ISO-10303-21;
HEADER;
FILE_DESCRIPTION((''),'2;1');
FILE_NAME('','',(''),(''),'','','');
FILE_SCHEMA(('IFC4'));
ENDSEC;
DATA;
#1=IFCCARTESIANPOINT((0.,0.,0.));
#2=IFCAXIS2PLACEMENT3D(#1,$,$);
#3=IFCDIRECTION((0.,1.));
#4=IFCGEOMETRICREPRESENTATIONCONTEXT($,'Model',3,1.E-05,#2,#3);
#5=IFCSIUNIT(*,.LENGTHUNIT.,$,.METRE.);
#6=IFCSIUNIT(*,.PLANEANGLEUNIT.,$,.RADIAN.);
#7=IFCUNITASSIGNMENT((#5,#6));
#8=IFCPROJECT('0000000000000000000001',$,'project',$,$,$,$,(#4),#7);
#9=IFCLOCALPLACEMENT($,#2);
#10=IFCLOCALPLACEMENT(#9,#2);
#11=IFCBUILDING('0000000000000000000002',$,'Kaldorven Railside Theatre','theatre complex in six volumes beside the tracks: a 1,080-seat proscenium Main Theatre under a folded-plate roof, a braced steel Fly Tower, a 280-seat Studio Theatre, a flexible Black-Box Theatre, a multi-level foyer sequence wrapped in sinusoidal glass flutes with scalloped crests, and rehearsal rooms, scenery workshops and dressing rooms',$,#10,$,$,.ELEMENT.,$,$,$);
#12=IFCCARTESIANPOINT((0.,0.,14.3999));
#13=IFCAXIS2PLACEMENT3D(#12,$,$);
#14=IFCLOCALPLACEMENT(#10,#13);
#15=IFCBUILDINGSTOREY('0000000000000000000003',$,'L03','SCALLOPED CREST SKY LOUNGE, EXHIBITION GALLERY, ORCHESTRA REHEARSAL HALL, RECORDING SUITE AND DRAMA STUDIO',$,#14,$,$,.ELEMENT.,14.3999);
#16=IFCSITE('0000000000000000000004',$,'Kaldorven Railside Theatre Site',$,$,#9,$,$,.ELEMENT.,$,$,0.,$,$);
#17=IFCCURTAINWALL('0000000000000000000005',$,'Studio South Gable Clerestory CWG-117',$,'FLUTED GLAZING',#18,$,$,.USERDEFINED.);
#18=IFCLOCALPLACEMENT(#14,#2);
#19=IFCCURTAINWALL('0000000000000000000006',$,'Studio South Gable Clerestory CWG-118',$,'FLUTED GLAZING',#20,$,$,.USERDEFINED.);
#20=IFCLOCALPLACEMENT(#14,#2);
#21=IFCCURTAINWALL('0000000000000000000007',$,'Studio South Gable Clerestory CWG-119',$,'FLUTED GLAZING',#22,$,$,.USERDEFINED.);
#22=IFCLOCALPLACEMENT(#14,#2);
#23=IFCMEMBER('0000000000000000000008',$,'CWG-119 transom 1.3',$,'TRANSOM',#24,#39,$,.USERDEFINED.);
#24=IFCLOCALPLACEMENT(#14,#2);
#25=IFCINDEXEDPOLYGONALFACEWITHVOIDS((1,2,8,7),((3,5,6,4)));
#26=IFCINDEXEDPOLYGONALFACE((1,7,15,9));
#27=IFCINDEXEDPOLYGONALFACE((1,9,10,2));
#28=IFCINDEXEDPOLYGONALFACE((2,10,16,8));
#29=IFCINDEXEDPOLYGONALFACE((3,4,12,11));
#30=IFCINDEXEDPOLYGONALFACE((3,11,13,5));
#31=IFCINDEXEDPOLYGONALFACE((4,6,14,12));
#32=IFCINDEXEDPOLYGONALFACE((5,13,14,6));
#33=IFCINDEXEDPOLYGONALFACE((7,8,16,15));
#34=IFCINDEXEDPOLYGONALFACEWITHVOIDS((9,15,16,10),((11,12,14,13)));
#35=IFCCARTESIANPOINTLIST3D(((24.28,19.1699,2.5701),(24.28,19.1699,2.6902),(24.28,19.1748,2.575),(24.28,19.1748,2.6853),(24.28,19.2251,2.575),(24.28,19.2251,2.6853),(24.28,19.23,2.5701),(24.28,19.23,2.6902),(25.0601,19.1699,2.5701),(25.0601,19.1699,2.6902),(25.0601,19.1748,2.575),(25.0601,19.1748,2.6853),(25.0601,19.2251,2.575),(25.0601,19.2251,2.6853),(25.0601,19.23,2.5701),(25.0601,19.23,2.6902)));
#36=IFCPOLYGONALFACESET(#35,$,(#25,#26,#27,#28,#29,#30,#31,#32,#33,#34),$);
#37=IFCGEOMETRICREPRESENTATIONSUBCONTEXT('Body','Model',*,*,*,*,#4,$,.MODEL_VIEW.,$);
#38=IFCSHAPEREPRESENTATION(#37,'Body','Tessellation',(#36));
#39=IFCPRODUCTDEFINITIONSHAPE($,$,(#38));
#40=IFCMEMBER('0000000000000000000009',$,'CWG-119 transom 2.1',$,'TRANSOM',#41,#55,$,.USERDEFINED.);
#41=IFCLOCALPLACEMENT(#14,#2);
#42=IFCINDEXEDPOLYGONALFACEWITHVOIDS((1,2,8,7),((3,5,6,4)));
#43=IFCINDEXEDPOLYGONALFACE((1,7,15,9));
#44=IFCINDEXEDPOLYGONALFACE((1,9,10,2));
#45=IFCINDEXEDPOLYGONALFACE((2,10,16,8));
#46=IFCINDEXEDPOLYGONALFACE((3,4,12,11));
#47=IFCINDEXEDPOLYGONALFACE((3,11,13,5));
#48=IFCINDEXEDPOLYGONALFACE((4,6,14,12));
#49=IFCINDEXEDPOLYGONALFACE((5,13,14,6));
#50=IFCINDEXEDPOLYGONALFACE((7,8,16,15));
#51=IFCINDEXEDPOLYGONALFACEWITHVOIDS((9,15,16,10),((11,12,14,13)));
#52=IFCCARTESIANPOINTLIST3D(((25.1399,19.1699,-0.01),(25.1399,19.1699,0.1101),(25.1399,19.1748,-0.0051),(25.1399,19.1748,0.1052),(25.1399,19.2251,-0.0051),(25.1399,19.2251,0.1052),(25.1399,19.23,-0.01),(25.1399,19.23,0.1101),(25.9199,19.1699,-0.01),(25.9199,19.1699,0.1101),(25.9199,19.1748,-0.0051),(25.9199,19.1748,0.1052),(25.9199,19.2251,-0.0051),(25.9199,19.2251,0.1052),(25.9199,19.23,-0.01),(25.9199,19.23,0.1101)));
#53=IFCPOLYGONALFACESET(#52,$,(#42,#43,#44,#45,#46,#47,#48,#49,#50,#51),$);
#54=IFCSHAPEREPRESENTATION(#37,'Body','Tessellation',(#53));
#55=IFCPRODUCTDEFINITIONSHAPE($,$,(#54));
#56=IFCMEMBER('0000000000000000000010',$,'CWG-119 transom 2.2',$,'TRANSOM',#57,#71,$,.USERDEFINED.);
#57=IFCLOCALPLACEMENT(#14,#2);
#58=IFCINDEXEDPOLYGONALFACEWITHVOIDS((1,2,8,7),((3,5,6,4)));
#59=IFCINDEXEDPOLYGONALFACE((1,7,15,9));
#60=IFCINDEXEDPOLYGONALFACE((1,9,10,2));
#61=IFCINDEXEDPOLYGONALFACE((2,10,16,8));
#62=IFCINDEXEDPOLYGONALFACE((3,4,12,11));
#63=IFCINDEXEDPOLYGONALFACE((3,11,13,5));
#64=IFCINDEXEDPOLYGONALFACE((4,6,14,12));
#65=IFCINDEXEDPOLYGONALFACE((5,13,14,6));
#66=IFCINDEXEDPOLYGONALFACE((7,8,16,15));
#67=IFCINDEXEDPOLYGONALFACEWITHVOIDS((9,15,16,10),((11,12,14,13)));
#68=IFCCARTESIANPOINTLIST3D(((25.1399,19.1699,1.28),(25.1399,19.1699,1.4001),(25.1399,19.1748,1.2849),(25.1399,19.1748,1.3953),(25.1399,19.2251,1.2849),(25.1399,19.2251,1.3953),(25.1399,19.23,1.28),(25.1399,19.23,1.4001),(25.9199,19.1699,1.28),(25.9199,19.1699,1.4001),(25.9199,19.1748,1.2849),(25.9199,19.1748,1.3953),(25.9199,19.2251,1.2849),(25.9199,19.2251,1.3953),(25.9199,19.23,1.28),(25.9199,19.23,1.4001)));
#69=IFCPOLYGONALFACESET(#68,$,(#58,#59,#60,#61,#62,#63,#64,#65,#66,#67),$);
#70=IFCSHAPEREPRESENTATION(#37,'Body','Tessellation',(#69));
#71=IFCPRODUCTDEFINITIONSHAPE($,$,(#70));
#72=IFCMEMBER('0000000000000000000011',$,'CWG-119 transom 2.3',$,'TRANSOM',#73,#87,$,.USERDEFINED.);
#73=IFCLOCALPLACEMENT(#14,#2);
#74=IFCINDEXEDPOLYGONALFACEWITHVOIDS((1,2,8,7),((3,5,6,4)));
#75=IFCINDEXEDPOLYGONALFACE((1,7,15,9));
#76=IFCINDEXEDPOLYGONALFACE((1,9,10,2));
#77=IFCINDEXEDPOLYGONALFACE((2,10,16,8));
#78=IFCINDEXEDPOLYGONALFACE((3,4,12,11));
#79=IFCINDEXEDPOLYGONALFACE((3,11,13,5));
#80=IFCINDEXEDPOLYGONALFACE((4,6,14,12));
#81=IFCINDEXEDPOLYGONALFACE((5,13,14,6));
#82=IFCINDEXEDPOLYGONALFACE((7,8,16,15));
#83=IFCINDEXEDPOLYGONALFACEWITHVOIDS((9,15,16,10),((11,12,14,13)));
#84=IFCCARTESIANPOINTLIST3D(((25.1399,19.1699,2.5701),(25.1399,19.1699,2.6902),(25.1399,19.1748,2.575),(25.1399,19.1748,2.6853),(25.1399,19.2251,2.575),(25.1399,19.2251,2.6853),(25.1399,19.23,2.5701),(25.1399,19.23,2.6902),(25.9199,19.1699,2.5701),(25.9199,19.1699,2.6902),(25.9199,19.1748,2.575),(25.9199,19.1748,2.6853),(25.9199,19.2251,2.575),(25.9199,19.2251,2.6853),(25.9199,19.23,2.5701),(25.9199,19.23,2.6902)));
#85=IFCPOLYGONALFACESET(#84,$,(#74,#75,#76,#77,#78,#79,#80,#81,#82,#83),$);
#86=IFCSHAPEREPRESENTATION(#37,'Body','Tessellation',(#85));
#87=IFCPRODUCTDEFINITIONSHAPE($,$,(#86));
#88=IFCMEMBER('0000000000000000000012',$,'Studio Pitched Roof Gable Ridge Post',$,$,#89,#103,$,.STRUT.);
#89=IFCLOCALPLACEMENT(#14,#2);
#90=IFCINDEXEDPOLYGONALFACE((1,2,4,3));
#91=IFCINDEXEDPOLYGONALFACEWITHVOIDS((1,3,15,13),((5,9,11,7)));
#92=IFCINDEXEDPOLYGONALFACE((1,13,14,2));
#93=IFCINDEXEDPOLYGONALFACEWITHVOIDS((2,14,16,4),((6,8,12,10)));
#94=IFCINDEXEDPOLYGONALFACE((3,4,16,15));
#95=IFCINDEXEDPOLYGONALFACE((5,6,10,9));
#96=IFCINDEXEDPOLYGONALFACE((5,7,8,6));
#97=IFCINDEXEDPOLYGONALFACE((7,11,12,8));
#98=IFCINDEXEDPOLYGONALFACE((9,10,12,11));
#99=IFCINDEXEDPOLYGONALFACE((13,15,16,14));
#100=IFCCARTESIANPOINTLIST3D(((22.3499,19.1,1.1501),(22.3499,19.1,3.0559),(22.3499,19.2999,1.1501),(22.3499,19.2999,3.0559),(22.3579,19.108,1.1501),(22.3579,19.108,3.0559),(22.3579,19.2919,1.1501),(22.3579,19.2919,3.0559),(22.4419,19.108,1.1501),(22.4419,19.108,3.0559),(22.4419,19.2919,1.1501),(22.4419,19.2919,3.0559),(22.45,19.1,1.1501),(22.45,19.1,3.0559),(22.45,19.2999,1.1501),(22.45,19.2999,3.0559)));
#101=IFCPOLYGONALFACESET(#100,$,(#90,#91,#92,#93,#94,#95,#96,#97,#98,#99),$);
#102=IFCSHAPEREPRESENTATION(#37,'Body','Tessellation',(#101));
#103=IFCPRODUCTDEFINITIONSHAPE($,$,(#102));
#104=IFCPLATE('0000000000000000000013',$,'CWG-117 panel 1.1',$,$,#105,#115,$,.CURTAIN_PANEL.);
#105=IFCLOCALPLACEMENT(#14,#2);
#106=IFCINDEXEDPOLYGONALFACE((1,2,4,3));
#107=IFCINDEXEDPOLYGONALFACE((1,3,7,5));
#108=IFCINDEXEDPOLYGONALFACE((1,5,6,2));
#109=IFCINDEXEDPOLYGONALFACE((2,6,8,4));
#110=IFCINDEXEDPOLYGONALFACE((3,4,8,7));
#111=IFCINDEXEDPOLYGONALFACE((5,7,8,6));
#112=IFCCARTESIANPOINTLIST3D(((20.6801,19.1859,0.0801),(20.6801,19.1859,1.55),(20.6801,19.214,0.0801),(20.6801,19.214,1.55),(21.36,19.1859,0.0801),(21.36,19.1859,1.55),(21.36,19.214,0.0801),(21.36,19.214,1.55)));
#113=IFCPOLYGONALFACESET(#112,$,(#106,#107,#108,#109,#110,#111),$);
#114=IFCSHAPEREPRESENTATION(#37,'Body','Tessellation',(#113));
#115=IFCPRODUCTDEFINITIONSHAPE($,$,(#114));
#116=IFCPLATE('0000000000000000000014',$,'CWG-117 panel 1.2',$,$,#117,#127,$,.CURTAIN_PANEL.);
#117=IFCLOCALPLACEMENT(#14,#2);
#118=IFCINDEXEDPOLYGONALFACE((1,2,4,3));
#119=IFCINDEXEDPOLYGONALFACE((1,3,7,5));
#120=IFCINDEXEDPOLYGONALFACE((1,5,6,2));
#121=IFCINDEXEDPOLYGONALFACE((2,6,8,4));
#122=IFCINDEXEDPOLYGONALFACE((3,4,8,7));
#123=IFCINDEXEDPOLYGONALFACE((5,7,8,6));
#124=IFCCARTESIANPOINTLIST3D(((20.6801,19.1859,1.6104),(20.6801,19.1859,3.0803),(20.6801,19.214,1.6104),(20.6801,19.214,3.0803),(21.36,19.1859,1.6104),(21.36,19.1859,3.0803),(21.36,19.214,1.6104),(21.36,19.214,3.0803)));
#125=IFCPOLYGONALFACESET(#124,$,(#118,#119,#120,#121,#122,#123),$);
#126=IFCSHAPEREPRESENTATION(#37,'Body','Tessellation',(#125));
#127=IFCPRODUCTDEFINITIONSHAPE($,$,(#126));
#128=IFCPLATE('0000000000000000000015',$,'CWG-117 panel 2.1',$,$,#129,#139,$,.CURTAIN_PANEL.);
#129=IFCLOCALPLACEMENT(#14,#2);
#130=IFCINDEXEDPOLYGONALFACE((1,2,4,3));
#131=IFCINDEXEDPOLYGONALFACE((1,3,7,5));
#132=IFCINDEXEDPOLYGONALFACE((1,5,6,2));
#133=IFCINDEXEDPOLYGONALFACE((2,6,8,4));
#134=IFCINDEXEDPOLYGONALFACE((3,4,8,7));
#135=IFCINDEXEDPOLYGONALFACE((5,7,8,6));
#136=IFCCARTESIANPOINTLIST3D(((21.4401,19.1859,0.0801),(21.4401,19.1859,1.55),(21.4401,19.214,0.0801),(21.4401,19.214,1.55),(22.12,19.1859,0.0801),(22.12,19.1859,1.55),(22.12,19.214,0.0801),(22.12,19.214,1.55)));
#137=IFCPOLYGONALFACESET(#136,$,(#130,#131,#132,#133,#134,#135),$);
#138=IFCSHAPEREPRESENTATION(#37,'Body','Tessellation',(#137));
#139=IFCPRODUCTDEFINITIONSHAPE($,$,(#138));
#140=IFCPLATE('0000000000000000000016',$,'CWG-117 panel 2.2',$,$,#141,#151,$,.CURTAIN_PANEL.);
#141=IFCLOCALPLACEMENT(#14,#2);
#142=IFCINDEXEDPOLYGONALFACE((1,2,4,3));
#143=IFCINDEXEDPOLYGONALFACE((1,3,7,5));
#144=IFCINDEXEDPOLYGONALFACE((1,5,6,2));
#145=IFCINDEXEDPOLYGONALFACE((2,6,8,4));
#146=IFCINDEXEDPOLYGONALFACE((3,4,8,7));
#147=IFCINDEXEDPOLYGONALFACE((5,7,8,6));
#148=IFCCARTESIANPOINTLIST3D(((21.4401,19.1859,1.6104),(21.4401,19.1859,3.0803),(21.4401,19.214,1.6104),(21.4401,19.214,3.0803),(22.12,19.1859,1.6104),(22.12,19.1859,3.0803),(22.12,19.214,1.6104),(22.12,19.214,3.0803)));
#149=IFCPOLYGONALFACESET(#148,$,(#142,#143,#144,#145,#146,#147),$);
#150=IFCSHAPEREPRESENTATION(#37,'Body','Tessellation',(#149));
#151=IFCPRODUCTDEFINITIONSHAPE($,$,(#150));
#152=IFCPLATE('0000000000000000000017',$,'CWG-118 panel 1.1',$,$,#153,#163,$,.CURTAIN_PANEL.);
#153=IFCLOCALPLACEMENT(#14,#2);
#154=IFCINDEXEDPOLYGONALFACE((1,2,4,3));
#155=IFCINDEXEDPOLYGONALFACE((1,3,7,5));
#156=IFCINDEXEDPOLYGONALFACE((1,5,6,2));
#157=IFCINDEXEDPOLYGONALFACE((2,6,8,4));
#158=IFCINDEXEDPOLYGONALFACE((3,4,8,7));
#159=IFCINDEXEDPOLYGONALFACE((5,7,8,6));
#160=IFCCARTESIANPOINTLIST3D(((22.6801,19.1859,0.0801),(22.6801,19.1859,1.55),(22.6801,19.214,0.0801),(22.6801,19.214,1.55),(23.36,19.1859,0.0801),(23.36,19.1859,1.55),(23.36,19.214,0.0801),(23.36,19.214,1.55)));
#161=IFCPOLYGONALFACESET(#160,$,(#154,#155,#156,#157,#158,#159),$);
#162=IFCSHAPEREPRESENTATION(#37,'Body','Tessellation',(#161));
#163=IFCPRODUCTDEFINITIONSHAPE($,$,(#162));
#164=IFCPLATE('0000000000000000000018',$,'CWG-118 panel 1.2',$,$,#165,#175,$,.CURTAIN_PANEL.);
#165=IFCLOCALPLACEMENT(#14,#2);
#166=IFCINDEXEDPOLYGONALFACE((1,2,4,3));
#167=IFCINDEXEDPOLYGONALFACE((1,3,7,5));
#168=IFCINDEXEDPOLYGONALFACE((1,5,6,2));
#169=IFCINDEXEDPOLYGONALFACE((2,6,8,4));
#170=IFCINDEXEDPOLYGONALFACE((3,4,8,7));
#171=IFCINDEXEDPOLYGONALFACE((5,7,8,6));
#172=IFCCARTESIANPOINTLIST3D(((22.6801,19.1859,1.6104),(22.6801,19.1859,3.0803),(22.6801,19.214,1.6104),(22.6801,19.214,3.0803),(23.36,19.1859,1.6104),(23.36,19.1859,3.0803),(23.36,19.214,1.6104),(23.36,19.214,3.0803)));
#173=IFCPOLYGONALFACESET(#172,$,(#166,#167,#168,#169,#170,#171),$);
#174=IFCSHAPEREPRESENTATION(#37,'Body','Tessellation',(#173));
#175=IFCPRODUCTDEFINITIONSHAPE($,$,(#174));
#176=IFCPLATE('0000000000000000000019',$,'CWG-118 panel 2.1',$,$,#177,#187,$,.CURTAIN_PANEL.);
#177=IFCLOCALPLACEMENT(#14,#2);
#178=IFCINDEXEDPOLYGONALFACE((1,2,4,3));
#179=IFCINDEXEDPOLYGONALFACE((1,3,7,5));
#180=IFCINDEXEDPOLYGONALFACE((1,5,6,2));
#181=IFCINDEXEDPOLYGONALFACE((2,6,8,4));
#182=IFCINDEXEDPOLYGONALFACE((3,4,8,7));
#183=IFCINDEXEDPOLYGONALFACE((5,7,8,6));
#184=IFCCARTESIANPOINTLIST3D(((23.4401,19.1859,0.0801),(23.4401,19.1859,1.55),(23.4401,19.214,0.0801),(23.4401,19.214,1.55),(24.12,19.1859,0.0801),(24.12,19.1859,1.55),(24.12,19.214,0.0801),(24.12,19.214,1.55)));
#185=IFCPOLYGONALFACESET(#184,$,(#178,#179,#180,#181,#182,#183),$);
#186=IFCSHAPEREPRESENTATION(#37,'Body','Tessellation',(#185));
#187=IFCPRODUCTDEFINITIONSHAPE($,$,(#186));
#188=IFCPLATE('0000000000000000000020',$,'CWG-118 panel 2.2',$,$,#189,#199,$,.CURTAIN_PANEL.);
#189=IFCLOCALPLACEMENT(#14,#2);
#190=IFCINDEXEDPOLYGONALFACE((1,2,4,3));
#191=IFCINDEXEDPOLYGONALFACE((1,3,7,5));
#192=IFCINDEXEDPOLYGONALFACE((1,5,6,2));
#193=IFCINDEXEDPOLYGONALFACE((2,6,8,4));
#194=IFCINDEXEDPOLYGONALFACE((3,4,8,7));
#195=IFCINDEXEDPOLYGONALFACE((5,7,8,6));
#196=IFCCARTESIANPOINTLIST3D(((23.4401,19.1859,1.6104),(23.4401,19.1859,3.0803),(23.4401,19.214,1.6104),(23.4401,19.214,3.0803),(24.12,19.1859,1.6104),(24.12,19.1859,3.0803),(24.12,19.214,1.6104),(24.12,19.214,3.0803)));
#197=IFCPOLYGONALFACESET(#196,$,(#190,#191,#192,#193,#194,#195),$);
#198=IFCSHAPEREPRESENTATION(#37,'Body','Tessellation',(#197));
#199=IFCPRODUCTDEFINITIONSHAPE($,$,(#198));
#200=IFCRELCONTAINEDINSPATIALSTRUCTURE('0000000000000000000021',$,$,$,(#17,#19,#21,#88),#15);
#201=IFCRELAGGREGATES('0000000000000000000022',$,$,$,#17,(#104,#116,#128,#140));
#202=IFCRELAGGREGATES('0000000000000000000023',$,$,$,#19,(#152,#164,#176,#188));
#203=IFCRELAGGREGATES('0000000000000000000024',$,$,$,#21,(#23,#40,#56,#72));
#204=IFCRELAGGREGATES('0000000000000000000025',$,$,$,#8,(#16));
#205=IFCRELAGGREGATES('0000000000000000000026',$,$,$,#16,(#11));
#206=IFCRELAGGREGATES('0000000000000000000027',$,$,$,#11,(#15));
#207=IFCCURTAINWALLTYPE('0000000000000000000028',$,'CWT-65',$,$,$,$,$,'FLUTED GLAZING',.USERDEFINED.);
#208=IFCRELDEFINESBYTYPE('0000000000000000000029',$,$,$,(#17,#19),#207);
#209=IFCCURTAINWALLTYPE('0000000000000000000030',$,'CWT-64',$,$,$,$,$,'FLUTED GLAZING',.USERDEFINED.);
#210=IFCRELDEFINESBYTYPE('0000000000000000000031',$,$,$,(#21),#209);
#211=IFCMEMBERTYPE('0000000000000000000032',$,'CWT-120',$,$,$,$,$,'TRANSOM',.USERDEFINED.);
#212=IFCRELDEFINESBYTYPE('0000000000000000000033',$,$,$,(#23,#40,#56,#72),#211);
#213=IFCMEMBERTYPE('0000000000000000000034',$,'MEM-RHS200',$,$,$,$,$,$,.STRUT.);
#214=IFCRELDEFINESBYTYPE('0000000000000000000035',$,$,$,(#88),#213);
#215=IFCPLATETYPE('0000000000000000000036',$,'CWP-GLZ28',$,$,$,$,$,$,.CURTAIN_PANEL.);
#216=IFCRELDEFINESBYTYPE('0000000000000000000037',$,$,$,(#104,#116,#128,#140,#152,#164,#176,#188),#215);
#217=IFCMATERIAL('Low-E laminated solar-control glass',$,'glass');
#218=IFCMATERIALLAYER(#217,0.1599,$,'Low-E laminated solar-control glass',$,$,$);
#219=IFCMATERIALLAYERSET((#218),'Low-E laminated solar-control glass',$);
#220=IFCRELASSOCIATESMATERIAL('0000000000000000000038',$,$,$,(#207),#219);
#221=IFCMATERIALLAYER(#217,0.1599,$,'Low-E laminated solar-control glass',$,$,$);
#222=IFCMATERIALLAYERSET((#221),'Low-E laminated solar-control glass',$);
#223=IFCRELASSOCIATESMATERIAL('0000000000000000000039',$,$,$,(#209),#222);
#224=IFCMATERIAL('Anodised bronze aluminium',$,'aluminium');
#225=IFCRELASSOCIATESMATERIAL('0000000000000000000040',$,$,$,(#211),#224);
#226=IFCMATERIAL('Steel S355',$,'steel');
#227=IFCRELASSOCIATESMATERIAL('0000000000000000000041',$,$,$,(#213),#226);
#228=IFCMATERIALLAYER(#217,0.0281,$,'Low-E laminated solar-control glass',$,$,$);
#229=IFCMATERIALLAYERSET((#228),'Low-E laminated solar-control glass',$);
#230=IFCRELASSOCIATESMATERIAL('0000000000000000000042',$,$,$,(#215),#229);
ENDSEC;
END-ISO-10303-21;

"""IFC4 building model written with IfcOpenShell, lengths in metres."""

from ifc_helpers import new_model, si_unit, direction, frame, origin, origin_2d, place, context, subcontext, project, spatial, rectangle, hollow_rectangle, extrude, material, layer, layer_set, material_profile, profile_set, type_object, element, aggregate, save


model = new_model("IFC4")

# Units and contexts
model_context = context("Model", 3, precision=1e-05, world=origin(), true_north=direction((0.0, 1.0)))
body_context = subcontext(model_context, "Body", "Model", "MODEL_VIEW")
ifc_project = project(units=[si_unit("LENGTHUNIT", "METRE"), si_unit("PLANEANGLEUNIT", "RADIAN")], contexts=[model_context])

# Site, building, storey
site_placement = place(None, origin())
site = spatial("IfcSite", under=ifc_project, at=site_placement, Name="Kaldorven Railside Theatre Site", CompositionType="ELEMENT", RefElevation=0.0)
building_placement = place(site_placement, origin())
building = spatial("IfcBuilding", under=site, at=building_placement, Name="Kaldorven Railside Theatre", Description="theatre complex in six volumes beside the tracks: a 1,080-seat proscenium Main Theatre under a folded-plate roof, a braced steel Fly Tower, a 280-seat Studio Theatre, a flexible Black-Box Theatre, a multi-level foyer sequence wrapped in sinusoidal glass flutes with scalloped crests, and rehearsal rooms, scenery workshops and dressing rooms", CompositionType="ELEMENT")
storey_placement = place(building_placement, frame((0.0, 0.0, 14.3999)))
storey = spatial("IfcBuildingStorey", under=building, at=storey_placement, Name="L03", Description="SCALLOPED CREST SKY LOUNGE, EXHIBITION GALLERY, ORCHESTRA REHEARSAL HALL, RECORDING SUITE AND DRAMA STUDIO", CompositionType="ELEMENT", Elevation=14.3999)

# Shared definitions
ifc_material_1 = material(Name="Steel S355", Category="steel")

# Curtain walls
ifc_material_2 = material(Name="Low-E laminated solar-control glass", Category="glass")
ifc_layer_1 = layer(ifc_material_2, 0.1599, Name="Low-E laminated solar-control glass")
ifc_layer_set_1 = layer_set([ifc_layer_1], Name="Low-E laminated solar-control glass")
curtain_wall_type_1 = type_object("IfcCurtainWallType", Name="CWT-65", ElementType="FLUTED GLAZING", PredefinedType="USERDEFINED", material=ifc_layer_set_1)
curtain_wall_1_placement = place(storey_placement, origin())
curtain_wall_1 = element("IfcCurtainWall", 1, at=curtain_wall_1_placement, inside=storey, type_object=curtain_wall_type_1, Name="Studio South Gable Clerestory CWG-117", ObjectType="FLUTED GLAZING", PredefinedType="USERDEFINED")
ifc_material_3 = material(Name="Anodised bronze aluminium", Category="aluminium")
curtain_wall_2_placement = place(storey_placement, origin())
curtain_wall_2 = element("IfcCurtainWall", 2, at=curtain_wall_2_placement, inside=storey, type_object=curtain_wall_type_1, Name="Studio South Gable Clerestory CWG-118", ObjectType="FLUTED GLAZING", PredefinedType="USERDEFINED")
ifc_layer_2 = layer(ifc_material_2, 0.1599, Name="Low-E laminated solar-control glass")
ifc_layer_set_2 = layer_set([ifc_layer_2], Name="Low-E laminated solar-control glass")
curtain_wall_type_2 = type_object("IfcCurtainWallType", Name="CWT-64", ElementType="FLUTED GLAZING", PredefinedType="USERDEFINED", material=ifc_layer_set_2)
curtain_wall_3_placement = place(storey_placement, origin())
curtain_wall_3 = element("IfcCurtainWall", 3, at=curtain_wall_3_placement, inside=storey, type_object=curtain_wall_type_2, Name="Studio South Gable Clerestory CWG-119", ObjectType="FLUTED GLAZING", PredefinedType="USERDEFINED")

# Members
ifc_material_profile_1 = material_profile(ifc_material_3, hollow_rectangle(XDim=0.0601, YDim=0.1201, WallThickness=0.0049, at=origin_2d()), Name="RHS 120x60x5")
ifc_profile_set_1 = profile_set([ifc_material_profile_1], Name="Anodised bronze aluminium")
member_type_1 = type_object("IfcMemberType", Name="CWT-120", ElementType="TRANSOM", PredefinedType="USERDEFINED", material=ifc_profile_set_1)
member_1_placement = place(storey_placement, frame((24.28, 19.2, 2.6301), z_axis=(1.0, 0.0, 0.0), x_axis=(0.0, 1.0, 0.0)))
member_1 = element("IfcMember", 4, at=member_1_placement, type_object=member_type_1, Name="CWG-119 transom 1.3", ObjectType="TRANSOM", PredefinedType="USERDEFINED", context=body_context, shape_type="SweptSolid", body=[
    extrude(hollow_rectangle(XDim=0.0601, YDim=0.1201, WallThickness=0.0049, at=origin_2d()), origin(), (0.0, 0.0, 1.0), 0.78),
])
member_2_placement = place(storey_placement, frame((25.1399, 19.2, 0.05), z_axis=(1.0, 0.0, 0.0), x_axis=(0.0, 1.0, 0.0)))
member_2 = element("IfcMember", 5, at=member_2_placement, type_object=member_type_1, Name="CWG-119 transom 2.1", ObjectType="TRANSOM", PredefinedType="USERDEFINED", context=body_context, shape_type="SweptSolid", body=[
    extrude(hollow_rectangle(XDim=0.0601, YDim=0.1201, WallThickness=0.0049, at=origin_2d()), origin(), (0.0, 0.0, 1.0), 0.78),
])
member_3_placement = place(storey_placement, frame((25.1399, 19.2, 1.3401), z_axis=(1.0, 0.0, 0.0), x_axis=(0.0, 1.0, 0.0)))
member_3 = element("IfcMember", 6, at=member_3_placement, type_object=member_type_1, Name="CWG-119 transom 2.2", ObjectType="TRANSOM", PredefinedType="USERDEFINED", context=body_context, shape_type="SweptSolid", body=[
    extrude(hollow_rectangle(XDim=0.0601, YDim=0.1201, WallThickness=0.0049, at=origin_2d()), origin(), (0.0, 0.0, 1.0), 0.78),
])
member_4_placement = place(storey_placement, frame((25.1399, 19.2, 2.6301), z_axis=(1.0, 0.0, 0.0), x_axis=(0.0, 1.0, 0.0)))
member_4 = element("IfcMember", 7, at=member_4_placement, type_object=member_type_1, Name="CWG-119 transom 2.3", ObjectType="TRANSOM", PredefinedType="USERDEFINED", context=body_context, shape_type="SweptSolid", body=[
    extrude(hollow_rectangle(XDim=0.0601, YDim=0.1201, WallThickness=0.0049, at=origin_2d()), origin(), (0.0, 0.0, 1.0), 0.78),
])
ifc_material_profile_2 = material_profile(ifc_material_1, hollow_rectangle(XDim=0.1001, YDim=0.2, WallThickness=0.0081, at=origin_2d()), Name="RHS 200x100x8")
ifc_profile_set_2 = profile_set([ifc_material_profile_2], Name="Steel S355")
member_type_2 = type_object("IfcMemberType", Name="MEM-RHS200", PredefinedType="STRUT", material=ifc_profile_set_2)
member_5_placement = place(storey_placement, frame((22.3999, 19.2, 1.1501), z_axis=(0.0, 0.0, 1.0), x_axis=(1.0, 0.0, 0.0)))
element("IfcMember", 8, at=member_5_placement, inside=storey, type_object=member_type_2, Name="Studio Pitched Roof Gable Ridge Post", PredefinedType="STRUT", context=body_context, shape_type="SweptSolid", body=[
    extrude(hollow_rectangle(XDim=0.1001, YDim=0.2, WallThickness=0.0081, at=origin_2d()), origin(), (0.0, 0.0, 1.0), 1.9058),
])

# Plates
ifc_layer_3 = layer(ifc_material_2, 0.0281, Name="Low-E laminated solar-control glass")
ifc_layer_set_3 = layer_set([ifc_layer_3], Name="Low-E laminated solar-control glass")
plate_type_1 = type_object("IfcPlateType", Name="CWP-GLZ28", PredefinedType="CURTAIN_PANEL", material=ifc_layer_set_3)
plate_1_placement = place(storey_placement, frame((21.02, 19.2, 0.0801), z_axis=(0.0, 0.0, 1.0), x_axis=(1.0, 0.0, 0.0)))
plate_1 = element("IfcPlate", 9, at=plate_1_placement, type_object=plate_type_1, Name="CWG-117 panel 1.1", PredefinedType="CURTAIN_PANEL", context=body_context, shape_type="SweptSolid", body=[
    extrude(rectangle(XDim=0.6799, YDim=0.0281, at=origin_2d()), origin(), (0.0, 0.0, 1.0), 1.47),
])
plate_2_placement = place(storey_placement, frame((21.02, 19.2, 1.6104), z_axis=(0.0, 0.0, 1.0), x_axis=(1.0, 0.0, 0.0)))
plate_2 = element("IfcPlate", 10, at=plate_2_placement, type_object=plate_type_1, Name="CWG-117 panel 1.2", PredefinedType="CURTAIN_PANEL", context=body_context, shape_type="SweptSolid", body=[
    extrude(rectangle(XDim=0.6799, YDim=0.0281, at=origin_2d()), origin(), (0.0, 0.0, 1.0), 1.47),
])
plate_3_placement = place(storey_placement, frame((21.78, 19.2, 0.0801), z_axis=(0.0, 0.0, 1.0), x_axis=(1.0, 0.0, 0.0)))
plate_3 = element("IfcPlate", 11, at=plate_3_placement, type_object=plate_type_1, Name="CWG-117 panel 2.1", PredefinedType="CURTAIN_PANEL", context=body_context, shape_type="SweptSolid", body=[
    extrude(rectangle(XDim=0.6799, YDim=0.0281, at=origin_2d()), origin(), (0.0, 0.0, 1.0), 1.47),
])
plate_4_placement = place(storey_placement, frame((21.78, 19.2, 1.6104), z_axis=(0.0, 0.0, 1.0), x_axis=(1.0, 0.0, 0.0)))
plate_4 = element("IfcPlate", 12, at=plate_4_placement, type_object=plate_type_1, Name="CWG-117 panel 2.2", PredefinedType="CURTAIN_PANEL", context=body_context, shape_type="SweptSolid", body=[
    extrude(rectangle(XDim=0.6799, YDim=0.0281, at=origin_2d()), origin(), (0.0, 0.0, 1.0), 1.47),
])
aggregate(curtain_wall_1, [plate_1, plate_2, plate_3, plate_4])
plate_5_placement = place(storey_placement, frame((23.02, 19.2, 0.0801), z_axis=(0.0, 0.0, 1.0), x_axis=(1.0, 0.0, 0.0)))
plate_5 = element("IfcPlate", 13, at=plate_5_placement, type_object=plate_type_1, Name="CWG-118 panel 1.1", PredefinedType="CURTAIN_PANEL", context=body_context, shape_type="SweptSolid", body=[
    extrude(rectangle(XDim=0.6799, YDim=0.0281, at=origin_2d()), origin(), (0.0, 0.0, 1.0), 1.47),
])
plate_6_placement = place(storey_placement, frame((23.02, 19.2, 1.6104), z_axis=(0.0, 0.0, 1.0), x_axis=(1.0, 0.0, 0.0)))
plate_6 = element("IfcPlate", 14, at=plate_6_placement, type_object=plate_type_1, Name="CWG-118 panel 1.2", PredefinedType="CURTAIN_PANEL", context=body_context, shape_type="SweptSolid", body=[
    extrude(rectangle(XDim=0.6799, YDim=0.0281, at=origin_2d()), origin(), (0.0, 0.0, 1.0), 1.47),
])
plate_7_placement = place(storey_placement, frame((23.78, 19.2, 0.0801), z_axis=(0.0, 0.0, 1.0), x_axis=(1.0, 0.0, 0.0)))
plate_7 = element("IfcPlate", 15, at=plate_7_placement, type_object=plate_type_1, Name="CWG-118 panel 2.1", PredefinedType="CURTAIN_PANEL", context=body_context, shape_type="SweptSolid", body=[
    extrude(rectangle(XDim=0.6799, YDim=0.0281, at=origin_2d()), origin(), (0.0, 0.0, 1.0), 1.47),
])
plate_8_placement = place(storey_placement, frame((23.78, 19.2, 1.6104), z_axis=(0.0, 0.0, 1.0), x_axis=(1.0, 0.0, 0.0)))
plate_8 = element("IfcPlate", 16, at=plate_8_placement, type_object=plate_type_1, Name="CWG-118 panel 2.2", PredefinedType="CURTAIN_PANEL", context=body_context, shape_type="SweptSolid", body=[
    extrude(rectangle(XDim=0.6799, YDim=0.0281, at=origin_2d()), origin(), (0.0, 0.0, 1.0), 1.47),
])
aggregate(curtain_wall_2, [plate_5, plate_6, plate_7, plate_8])
aggregate(curtain_wall_3, [member_1, member_2, member_3, member_4])

save(model, "model.ifc")
